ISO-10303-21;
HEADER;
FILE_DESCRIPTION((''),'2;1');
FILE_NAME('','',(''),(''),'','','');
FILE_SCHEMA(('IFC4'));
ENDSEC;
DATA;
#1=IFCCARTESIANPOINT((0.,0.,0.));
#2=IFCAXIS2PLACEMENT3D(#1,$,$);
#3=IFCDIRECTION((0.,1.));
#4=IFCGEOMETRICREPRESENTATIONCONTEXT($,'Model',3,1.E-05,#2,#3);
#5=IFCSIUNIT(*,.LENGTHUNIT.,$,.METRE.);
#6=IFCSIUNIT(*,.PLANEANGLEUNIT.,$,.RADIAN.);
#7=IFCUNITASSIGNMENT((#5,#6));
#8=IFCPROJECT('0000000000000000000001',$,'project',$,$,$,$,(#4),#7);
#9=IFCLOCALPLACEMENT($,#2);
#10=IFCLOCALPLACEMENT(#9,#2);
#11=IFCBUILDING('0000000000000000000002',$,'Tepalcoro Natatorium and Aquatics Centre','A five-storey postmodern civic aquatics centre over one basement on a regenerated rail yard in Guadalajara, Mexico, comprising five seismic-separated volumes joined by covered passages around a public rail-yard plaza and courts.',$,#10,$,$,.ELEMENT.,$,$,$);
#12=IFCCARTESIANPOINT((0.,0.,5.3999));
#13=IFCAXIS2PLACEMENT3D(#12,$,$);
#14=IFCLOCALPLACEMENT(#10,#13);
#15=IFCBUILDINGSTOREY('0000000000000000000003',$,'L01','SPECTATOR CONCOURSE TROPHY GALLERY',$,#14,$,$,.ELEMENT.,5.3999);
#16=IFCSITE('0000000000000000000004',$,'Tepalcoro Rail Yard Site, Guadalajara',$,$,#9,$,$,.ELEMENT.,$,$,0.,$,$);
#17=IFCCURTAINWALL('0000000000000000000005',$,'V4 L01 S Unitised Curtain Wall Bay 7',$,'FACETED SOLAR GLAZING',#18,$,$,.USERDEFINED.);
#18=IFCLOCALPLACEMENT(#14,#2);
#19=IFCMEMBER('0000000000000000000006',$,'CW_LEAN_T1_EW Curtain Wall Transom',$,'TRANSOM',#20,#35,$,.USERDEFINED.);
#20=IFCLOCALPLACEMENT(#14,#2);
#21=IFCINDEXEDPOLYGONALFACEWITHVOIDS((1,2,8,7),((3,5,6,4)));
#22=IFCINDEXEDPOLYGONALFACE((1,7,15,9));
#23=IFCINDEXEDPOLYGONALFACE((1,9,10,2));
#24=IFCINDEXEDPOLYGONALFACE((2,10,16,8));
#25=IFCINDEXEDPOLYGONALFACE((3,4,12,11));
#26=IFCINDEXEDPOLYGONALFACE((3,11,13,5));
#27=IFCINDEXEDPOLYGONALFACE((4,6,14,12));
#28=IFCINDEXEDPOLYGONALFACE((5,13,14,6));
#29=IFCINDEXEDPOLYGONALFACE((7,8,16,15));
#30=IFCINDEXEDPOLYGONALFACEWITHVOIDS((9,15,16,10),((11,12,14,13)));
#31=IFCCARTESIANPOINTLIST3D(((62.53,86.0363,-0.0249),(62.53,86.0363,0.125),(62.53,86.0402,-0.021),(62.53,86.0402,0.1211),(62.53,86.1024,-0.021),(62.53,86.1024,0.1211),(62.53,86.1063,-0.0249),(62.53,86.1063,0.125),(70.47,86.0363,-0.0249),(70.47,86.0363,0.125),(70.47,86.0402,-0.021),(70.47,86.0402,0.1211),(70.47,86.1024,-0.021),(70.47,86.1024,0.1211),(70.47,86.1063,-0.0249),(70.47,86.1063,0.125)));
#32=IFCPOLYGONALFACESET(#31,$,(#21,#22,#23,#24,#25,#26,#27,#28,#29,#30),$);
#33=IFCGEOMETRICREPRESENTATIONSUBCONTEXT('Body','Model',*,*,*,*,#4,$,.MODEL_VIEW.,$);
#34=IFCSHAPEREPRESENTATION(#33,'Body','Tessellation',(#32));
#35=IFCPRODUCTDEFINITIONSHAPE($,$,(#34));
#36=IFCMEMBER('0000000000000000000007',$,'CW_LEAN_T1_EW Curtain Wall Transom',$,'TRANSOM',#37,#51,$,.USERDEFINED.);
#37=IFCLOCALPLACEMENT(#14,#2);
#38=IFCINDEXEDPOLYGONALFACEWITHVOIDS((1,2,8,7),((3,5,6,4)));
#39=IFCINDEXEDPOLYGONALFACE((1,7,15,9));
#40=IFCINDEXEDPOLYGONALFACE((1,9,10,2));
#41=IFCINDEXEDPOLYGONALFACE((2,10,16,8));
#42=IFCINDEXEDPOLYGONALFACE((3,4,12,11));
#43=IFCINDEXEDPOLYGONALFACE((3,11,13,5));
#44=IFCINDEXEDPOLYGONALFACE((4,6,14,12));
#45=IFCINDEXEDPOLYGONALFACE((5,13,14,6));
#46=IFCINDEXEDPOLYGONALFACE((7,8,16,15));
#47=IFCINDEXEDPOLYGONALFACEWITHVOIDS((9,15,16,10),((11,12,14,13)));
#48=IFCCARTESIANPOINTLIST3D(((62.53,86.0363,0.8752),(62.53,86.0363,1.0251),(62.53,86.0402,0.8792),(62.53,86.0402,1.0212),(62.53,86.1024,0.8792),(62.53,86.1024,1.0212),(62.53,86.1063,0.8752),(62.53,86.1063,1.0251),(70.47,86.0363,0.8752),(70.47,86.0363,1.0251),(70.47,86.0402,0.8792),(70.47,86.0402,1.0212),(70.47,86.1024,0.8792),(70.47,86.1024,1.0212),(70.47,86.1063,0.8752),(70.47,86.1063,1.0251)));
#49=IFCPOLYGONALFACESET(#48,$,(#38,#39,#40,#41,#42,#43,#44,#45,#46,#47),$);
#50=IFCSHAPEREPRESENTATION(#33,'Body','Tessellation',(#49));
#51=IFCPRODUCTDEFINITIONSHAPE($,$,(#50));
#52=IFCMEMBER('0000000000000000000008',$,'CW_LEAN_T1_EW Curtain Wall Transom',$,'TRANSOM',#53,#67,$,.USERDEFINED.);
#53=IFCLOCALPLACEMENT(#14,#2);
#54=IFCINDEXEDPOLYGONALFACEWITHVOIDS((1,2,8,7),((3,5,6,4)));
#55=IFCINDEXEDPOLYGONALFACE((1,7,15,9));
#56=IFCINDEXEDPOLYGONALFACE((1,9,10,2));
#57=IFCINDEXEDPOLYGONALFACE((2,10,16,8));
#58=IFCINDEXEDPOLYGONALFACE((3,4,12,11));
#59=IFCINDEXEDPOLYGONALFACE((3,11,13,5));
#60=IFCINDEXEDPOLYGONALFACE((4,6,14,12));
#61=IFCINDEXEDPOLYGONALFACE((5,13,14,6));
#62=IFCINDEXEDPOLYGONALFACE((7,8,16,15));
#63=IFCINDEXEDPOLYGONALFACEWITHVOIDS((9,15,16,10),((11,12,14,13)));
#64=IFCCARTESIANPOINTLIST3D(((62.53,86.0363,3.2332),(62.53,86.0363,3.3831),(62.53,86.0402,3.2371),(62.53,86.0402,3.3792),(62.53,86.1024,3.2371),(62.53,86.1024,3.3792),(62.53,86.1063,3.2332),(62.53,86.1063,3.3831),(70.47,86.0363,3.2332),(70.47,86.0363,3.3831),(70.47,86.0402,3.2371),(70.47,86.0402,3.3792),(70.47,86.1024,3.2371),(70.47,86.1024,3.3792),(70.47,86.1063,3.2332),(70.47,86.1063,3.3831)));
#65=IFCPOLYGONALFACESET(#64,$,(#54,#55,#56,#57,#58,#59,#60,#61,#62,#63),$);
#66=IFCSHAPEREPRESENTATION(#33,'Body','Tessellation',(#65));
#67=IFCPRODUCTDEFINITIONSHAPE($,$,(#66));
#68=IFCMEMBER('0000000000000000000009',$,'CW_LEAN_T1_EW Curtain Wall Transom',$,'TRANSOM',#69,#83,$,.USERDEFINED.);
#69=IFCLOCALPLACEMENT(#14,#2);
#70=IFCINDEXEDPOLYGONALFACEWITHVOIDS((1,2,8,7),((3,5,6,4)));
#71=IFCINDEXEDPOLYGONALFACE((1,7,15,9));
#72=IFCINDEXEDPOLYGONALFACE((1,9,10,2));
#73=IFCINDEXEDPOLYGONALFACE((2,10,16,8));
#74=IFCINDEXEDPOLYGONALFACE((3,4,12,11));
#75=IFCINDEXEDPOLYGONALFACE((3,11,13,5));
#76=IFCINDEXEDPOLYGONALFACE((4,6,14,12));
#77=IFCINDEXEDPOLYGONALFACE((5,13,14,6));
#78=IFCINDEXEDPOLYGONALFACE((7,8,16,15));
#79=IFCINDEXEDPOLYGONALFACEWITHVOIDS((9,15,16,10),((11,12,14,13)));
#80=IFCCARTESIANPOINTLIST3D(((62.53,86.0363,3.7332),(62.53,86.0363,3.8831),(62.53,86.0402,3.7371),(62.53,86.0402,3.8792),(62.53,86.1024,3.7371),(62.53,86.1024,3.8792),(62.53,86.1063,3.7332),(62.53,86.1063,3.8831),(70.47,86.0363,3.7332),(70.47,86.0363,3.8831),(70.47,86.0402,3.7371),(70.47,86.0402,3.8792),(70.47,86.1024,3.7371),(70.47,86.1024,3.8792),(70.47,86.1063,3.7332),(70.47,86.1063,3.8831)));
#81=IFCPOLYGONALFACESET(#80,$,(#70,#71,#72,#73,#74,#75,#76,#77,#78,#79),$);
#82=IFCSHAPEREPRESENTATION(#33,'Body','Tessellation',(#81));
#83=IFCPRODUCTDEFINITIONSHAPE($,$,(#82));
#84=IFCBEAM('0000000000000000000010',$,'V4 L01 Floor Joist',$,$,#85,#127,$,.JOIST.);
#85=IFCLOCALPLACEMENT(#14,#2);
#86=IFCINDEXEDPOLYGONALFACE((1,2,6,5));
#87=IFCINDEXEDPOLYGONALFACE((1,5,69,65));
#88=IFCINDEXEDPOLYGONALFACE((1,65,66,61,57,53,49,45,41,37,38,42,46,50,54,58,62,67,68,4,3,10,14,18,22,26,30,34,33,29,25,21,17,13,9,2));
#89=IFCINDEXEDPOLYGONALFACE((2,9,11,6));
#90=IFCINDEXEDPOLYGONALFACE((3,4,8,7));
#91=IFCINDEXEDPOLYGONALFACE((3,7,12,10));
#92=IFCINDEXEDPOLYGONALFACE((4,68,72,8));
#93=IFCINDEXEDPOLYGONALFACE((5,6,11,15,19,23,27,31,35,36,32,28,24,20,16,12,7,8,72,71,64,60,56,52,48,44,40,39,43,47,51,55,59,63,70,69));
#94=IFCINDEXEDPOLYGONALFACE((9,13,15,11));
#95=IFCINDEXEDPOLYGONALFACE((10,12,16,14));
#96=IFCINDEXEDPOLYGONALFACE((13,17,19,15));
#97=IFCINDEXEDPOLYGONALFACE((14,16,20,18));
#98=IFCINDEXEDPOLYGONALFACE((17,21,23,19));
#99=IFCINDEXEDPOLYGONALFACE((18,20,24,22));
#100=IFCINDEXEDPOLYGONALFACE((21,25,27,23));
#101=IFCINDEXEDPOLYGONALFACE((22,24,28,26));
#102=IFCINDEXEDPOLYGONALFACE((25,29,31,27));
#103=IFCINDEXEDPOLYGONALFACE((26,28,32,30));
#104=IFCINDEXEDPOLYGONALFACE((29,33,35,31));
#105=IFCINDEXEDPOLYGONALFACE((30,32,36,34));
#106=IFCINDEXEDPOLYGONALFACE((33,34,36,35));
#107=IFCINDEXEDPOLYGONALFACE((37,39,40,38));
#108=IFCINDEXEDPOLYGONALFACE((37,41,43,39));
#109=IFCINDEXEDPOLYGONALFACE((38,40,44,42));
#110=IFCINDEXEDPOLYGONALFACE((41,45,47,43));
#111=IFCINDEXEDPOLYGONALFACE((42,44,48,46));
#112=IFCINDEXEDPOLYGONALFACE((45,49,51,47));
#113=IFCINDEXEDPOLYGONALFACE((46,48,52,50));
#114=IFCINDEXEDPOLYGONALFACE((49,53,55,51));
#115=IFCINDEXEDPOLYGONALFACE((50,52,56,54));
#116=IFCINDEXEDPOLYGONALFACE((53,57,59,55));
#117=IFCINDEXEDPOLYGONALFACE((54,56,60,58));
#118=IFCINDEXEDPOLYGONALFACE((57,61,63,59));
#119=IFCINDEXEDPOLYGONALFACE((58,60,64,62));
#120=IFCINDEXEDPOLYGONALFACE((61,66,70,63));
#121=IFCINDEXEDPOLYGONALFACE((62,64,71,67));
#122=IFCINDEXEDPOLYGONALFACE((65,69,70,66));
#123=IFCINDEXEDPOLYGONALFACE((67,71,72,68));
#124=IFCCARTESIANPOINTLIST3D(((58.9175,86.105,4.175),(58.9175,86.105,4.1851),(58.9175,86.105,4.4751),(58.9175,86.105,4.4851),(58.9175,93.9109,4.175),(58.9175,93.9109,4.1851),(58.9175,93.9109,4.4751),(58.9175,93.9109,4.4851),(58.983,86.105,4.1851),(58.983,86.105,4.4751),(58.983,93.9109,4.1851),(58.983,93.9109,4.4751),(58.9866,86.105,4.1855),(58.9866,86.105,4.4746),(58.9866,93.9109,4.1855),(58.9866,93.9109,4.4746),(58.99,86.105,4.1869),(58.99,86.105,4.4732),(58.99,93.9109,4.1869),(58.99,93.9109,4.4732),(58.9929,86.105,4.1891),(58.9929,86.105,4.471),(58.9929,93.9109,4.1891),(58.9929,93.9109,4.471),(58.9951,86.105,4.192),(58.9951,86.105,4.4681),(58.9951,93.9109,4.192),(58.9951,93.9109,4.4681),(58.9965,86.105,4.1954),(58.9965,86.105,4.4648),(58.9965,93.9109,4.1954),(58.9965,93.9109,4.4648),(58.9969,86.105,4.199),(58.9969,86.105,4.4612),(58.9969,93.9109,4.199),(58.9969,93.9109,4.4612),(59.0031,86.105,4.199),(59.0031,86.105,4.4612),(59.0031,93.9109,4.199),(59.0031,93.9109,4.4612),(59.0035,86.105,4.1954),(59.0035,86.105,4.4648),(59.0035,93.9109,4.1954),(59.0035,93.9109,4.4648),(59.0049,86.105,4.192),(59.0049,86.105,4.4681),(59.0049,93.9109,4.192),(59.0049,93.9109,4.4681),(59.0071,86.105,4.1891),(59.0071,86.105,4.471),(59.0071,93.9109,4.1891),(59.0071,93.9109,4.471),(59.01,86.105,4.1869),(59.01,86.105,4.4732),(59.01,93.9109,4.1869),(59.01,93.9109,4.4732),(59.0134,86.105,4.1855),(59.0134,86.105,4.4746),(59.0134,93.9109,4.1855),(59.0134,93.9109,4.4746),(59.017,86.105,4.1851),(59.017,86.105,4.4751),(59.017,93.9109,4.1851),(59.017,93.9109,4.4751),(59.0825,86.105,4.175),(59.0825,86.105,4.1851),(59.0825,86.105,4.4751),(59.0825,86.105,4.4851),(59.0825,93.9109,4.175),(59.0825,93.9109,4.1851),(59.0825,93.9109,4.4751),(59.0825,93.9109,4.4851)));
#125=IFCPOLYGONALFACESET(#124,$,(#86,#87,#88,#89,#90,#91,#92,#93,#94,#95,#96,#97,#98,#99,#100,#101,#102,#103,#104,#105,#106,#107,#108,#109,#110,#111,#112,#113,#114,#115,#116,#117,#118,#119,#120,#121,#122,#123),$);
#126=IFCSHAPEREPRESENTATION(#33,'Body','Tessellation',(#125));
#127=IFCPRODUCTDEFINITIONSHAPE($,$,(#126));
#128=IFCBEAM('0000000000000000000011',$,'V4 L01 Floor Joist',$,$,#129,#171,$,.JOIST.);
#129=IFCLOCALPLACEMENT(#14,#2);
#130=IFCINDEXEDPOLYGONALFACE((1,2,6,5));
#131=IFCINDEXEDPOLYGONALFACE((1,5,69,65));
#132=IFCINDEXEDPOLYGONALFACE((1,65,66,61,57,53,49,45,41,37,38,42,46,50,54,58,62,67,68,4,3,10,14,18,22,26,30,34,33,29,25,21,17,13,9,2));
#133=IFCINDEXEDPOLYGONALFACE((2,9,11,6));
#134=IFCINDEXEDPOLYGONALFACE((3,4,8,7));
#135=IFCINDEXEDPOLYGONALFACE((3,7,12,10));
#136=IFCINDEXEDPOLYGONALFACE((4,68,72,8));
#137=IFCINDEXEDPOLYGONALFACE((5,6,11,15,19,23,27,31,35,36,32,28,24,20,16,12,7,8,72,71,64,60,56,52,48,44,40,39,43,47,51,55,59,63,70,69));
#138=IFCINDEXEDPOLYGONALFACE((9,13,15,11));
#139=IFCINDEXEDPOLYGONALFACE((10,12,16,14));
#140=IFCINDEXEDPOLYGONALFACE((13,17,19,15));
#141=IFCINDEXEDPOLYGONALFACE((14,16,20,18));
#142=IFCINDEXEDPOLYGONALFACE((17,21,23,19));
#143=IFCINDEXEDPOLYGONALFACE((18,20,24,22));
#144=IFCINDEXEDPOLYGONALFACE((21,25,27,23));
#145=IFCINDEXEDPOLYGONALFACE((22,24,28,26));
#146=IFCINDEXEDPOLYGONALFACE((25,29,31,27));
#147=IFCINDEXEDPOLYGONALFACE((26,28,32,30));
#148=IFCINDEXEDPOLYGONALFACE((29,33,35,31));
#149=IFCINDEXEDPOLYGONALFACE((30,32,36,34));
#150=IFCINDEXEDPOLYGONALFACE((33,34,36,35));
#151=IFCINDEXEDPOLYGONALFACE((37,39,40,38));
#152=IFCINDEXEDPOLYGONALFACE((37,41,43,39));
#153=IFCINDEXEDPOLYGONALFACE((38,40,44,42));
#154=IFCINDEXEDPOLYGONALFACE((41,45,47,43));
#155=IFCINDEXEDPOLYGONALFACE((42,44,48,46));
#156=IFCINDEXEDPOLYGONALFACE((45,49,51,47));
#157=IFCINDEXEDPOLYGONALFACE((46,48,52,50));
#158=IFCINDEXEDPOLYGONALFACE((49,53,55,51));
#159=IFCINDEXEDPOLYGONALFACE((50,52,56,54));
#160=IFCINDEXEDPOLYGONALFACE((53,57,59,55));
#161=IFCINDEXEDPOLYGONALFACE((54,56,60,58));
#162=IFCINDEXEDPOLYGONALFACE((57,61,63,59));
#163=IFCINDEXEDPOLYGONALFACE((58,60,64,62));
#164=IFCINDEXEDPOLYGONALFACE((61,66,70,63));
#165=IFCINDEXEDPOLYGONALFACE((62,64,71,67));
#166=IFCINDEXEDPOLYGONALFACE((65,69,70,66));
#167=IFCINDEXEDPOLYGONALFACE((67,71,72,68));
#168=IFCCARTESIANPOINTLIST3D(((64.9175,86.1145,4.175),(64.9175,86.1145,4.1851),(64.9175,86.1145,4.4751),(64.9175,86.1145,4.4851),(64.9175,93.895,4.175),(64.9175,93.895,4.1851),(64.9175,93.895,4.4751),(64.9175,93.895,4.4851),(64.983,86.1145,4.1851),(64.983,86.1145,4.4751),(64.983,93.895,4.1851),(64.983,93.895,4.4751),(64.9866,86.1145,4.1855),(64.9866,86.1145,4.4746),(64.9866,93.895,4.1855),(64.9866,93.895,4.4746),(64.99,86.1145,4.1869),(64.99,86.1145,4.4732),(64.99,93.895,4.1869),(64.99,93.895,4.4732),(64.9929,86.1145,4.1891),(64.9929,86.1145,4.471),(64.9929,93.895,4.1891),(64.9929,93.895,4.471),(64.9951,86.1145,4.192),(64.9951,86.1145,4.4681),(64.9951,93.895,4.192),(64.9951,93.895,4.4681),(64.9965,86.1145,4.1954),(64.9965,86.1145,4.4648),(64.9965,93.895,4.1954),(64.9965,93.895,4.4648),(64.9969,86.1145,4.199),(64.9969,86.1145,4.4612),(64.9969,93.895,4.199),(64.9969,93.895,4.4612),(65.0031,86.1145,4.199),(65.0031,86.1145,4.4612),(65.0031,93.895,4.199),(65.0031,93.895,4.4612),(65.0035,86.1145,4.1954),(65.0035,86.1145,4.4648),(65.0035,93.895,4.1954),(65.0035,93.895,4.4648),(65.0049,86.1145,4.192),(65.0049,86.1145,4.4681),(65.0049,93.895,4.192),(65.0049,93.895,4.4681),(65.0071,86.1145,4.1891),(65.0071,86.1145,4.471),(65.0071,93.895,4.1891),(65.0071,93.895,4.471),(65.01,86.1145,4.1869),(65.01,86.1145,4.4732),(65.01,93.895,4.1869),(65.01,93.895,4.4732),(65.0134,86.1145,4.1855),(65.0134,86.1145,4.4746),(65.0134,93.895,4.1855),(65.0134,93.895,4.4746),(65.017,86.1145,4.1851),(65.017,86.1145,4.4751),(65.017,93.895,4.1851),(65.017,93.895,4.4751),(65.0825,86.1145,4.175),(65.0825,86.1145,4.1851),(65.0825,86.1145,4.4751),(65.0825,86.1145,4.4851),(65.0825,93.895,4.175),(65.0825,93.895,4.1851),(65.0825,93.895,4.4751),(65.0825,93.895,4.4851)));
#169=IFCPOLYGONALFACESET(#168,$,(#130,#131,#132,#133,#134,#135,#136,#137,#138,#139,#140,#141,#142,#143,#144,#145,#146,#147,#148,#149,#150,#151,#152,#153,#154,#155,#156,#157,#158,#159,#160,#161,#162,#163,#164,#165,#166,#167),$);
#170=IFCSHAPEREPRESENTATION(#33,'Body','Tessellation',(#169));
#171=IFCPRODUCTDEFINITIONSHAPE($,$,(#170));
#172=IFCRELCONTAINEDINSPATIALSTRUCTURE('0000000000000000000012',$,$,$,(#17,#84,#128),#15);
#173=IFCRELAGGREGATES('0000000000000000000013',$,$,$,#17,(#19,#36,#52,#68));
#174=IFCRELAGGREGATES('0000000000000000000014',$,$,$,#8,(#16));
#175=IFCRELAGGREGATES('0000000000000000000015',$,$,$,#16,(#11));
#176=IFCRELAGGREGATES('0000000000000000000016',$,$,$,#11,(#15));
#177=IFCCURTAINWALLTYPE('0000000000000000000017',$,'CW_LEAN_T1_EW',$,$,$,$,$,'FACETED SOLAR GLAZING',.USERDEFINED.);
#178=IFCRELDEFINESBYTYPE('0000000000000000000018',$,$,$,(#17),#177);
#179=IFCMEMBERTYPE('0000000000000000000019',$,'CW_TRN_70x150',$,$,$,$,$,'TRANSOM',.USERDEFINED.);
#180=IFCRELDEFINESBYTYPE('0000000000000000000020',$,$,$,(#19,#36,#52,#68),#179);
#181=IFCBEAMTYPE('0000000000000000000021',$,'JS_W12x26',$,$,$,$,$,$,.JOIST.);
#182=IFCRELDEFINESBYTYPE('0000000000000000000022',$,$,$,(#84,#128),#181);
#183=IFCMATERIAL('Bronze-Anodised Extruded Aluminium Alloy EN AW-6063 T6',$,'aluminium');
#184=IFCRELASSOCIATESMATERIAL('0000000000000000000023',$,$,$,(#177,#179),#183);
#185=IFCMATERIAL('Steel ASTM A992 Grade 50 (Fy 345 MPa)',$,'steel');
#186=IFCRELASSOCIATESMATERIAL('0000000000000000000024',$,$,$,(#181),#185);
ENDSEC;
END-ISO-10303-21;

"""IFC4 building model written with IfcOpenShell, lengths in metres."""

from ifc_helpers import new_model, si_unit, direction, frame, origin, origin_2d, place, context, subcontext, project, spatial, hollow_rectangle, i_section, extrude, material, material_profile, profile_set, type_object, element, aggregate, save


model = new_model("IFC4")

# Units and contexts
model_context = context("Model", 3, precision=1e-05, world=origin(), true_north=direction((0.0, 1.0)))
body_context = subcontext(model_context, "Body", "Model", "MODEL_VIEW")
ifc_project = project(units=[si_unit("LENGTHUNIT", "METRE"), si_unit("PLANEANGLEUNIT", "RADIAN")], contexts=[model_context])

# Site, building, storey
site_placement = place(None, origin())
site = spatial("IfcSite", under=ifc_project, at=site_placement, Name="Tepalcoro Rail Yard Site, Guadalajara", CompositionType="ELEMENT", RefElevation=0.0)
building_placement = place(site_placement, origin())
building = spatial("IfcBuilding", under=site, at=building_placement, Name="Tepalcoro Natatorium and Aquatics Centre", Description="A five-storey postmodern civic aquatics centre over one basement on a regenerated rail yard in Guadalajara, Mexico, comprising five seismic-separated volumes joined by covered passages around a public rail-yard plaza and courts.", CompositionType="ELEMENT")
storey_placement = place(building_placement, frame((0.0, 0.0, 5.3999)))
storey = spatial("IfcBuildingStorey", under=building, at=storey_placement, Name="L01", Description="SPECTATOR CONCOURSE TROPHY GALLERY", CompositionType="ELEMENT", Elevation=5.3999)

# Shared definitions
ifc_material_1 = material(Name="Steel ASTM A992 Grade 50 (Fy 345 MPa)", Category="steel")

# Curtain wall, members
ifc_material_2 = material(Name="Bronze-Anodised Extruded Aluminium Alloy EN AW-6063 T6", Category="aluminium")
curtain_wall_type = type_object("IfcCurtainWallType", Name="CW_LEAN_T1_EW", ElementType="FACETED SOLAR GLAZING", PredefinedType="USERDEFINED", material=ifc_material_2)
curtain_wall_placement = place(storey_placement, origin())
curtain_wall = element("IfcCurtainWall", 1, at=curtain_wall_placement, inside=storey, type_object=curtain_wall_type, Name="V4 L01 S Unitised Curtain Wall Bay 7", ObjectType="FACETED SOLAR GLAZING", PredefinedType="USERDEFINED")
ifc_material_profile_1 = material_profile(ifc_material_2, hollow_rectangle(XDim=0.0701, YDim=0.1499, WallThickness=0.0039, at=origin_2d()), Name="AL70X150X4")
ifc_profile_set_1 = profile_set([ifc_material_profile_1], Name="Bronze-Anodised Extruded Aluminium Alloy EN AW-6063 T6")
member_type_1 = type_object("IfcMemberType", Name="CW_TRN_70x150", ElementType="TRANSOM", PredefinedType="USERDEFINED", material=ifc_profile_set_1)
member_1_placement = place(storey_placement, frame((62.53, 86.0713, 0.05), z_axis=(1.0, 0.0, 0.0), x_axis=(0.0, 1.0, 0.0)))
member_1 = element("IfcMember", 2, at=member_1_placement, type_object=member_type_1, Name="CW_LEAN_T1_EW Curtain Wall Transom", ObjectType="TRANSOM", PredefinedType="USERDEFINED", context=body_context, shape_type="SweptSolid", body=[
    extrude(hollow_rectangle(XDim=0.0701, YDim=0.1499, WallThickness=0.0039, at=origin_2d()), origin(), (0.0, 0.0, 1.0), 7.9399),
])
member_2_placement = place(storey_placement, frame((62.53, 86.0713, 0.9502), z_axis=(1.0, 0.0, 0.0), x_axis=(0.0, 1.0, 0.0)))
member_2 = element("IfcMember", 3, at=member_2_placement, type_object=member_type_1, Name="CW_LEAN_T1_EW Curtain Wall Transom", ObjectType="TRANSOM", PredefinedType="USERDEFINED", context=body_context, shape_type="SweptSolid", body=[
    extrude(hollow_rectangle(XDim=0.0701, YDim=0.1499, WallThickness=0.0039, at=origin_2d()), origin(), (0.0, 0.0, 1.0), 7.9399),
])
member_3_placement = place(storey_placement, frame((62.53, 86.0713, 3.3081), z_axis=(1.0, 0.0, 0.0), x_axis=(0.0, 1.0, 0.0)))
member_3 = element("IfcMember", 4, at=member_3_placement, type_object=member_type_1, Name="CW_LEAN_T1_EW Curtain Wall Transom", ObjectType="TRANSOM", PredefinedType="USERDEFINED", context=body_context, shape_type="SweptSolid", body=[
    extrude(hollow_rectangle(XDim=0.0701, YDim=0.1499, WallThickness=0.0039, at=origin_2d()), origin(), (0.0, 0.0, 1.0), 7.9399),
])
member_4_placement = place(storey_placement, frame((62.53, 86.0713, 3.8081), z_axis=(1.0, 0.0, 0.0), x_axis=(0.0, 1.0, 0.0)))
member_4 = element("IfcMember", 5, at=member_4_placement, type_object=member_type_1, Name="CW_LEAN_T1_EW Curtain Wall Transom", ObjectType="TRANSOM", PredefinedType="USERDEFINED", context=body_context, shape_type="SweptSolid", body=[
    extrude(hollow_rectangle(XDim=0.0701, YDim=0.1499, WallThickness=0.0039, at=origin_2d()), origin(), (0.0, 0.0, 1.0), 7.9399),
])

# Beams
ifc_material_profile_2 = material_profile(ifc_material_1, i_section(OverallWidth=0.165, OverallDepth=0.3101, WebThickness=0.0061, FlangeThickness=0.01, FilletRadius=0.0139, at=origin_2d()), Name="W12X26")
ifc_profile_set_2 = profile_set([ifc_material_profile_2], Name="Steel ASTM A992 Grade 50 (Fy 345 MPa)")
beam_type_1 = type_object("IfcBeamType", Name="JS_W12x26", PredefinedType="JOIST", material=ifc_profile_set_2)
beam_1_placement = place(storey_placement, frame((59.0, 86.105, 4.3301), z_axis=(0.0, 1.0, 0.0), x_axis=(-1.0, 0.0, 0.0)))
element("IfcBeam", 6, at=beam_1_placement, inside=storey, type_object=beam_type_1, Name="V4 L01 Floor Joist", PredefinedType="JOIST", context=body_context, shape_type="SweptSolid", body=[
    extrude(i_section(OverallWidth=0.165, OverallDepth=0.3101, WebThickness=0.0061, FlangeThickness=0.01, FilletRadius=0.0139, at=origin_2d()), origin(), (0.0, 0.0, 1.0), 7.8059),
])
beam_2_placement = place(storey_placement, frame((65.0, 86.1145, 4.3301), z_axis=(0.0, 1.0, 0.0), x_axis=(-1.0, 0.0, 0.0)))
element("IfcBeam", 7, at=beam_2_placement, inside=storey, type_object=beam_type_1, Name="V4 L01 Floor Joist", PredefinedType="JOIST", context=body_context, shape_type="SweptSolid", body=[
    extrude(i_section(OverallWidth=0.165, OverallDepth=0.3101, WebThickness=0.0061, FlangeThickness=0.01, FilletRadius=0.0139, at=origin_2d()), origin(), (0.0, 0.0, 1.0), 7.7805),
])

aggregate(curtain_wall, [member_1, member_2, member_3, member_4])

save(model, "model.ifc")
